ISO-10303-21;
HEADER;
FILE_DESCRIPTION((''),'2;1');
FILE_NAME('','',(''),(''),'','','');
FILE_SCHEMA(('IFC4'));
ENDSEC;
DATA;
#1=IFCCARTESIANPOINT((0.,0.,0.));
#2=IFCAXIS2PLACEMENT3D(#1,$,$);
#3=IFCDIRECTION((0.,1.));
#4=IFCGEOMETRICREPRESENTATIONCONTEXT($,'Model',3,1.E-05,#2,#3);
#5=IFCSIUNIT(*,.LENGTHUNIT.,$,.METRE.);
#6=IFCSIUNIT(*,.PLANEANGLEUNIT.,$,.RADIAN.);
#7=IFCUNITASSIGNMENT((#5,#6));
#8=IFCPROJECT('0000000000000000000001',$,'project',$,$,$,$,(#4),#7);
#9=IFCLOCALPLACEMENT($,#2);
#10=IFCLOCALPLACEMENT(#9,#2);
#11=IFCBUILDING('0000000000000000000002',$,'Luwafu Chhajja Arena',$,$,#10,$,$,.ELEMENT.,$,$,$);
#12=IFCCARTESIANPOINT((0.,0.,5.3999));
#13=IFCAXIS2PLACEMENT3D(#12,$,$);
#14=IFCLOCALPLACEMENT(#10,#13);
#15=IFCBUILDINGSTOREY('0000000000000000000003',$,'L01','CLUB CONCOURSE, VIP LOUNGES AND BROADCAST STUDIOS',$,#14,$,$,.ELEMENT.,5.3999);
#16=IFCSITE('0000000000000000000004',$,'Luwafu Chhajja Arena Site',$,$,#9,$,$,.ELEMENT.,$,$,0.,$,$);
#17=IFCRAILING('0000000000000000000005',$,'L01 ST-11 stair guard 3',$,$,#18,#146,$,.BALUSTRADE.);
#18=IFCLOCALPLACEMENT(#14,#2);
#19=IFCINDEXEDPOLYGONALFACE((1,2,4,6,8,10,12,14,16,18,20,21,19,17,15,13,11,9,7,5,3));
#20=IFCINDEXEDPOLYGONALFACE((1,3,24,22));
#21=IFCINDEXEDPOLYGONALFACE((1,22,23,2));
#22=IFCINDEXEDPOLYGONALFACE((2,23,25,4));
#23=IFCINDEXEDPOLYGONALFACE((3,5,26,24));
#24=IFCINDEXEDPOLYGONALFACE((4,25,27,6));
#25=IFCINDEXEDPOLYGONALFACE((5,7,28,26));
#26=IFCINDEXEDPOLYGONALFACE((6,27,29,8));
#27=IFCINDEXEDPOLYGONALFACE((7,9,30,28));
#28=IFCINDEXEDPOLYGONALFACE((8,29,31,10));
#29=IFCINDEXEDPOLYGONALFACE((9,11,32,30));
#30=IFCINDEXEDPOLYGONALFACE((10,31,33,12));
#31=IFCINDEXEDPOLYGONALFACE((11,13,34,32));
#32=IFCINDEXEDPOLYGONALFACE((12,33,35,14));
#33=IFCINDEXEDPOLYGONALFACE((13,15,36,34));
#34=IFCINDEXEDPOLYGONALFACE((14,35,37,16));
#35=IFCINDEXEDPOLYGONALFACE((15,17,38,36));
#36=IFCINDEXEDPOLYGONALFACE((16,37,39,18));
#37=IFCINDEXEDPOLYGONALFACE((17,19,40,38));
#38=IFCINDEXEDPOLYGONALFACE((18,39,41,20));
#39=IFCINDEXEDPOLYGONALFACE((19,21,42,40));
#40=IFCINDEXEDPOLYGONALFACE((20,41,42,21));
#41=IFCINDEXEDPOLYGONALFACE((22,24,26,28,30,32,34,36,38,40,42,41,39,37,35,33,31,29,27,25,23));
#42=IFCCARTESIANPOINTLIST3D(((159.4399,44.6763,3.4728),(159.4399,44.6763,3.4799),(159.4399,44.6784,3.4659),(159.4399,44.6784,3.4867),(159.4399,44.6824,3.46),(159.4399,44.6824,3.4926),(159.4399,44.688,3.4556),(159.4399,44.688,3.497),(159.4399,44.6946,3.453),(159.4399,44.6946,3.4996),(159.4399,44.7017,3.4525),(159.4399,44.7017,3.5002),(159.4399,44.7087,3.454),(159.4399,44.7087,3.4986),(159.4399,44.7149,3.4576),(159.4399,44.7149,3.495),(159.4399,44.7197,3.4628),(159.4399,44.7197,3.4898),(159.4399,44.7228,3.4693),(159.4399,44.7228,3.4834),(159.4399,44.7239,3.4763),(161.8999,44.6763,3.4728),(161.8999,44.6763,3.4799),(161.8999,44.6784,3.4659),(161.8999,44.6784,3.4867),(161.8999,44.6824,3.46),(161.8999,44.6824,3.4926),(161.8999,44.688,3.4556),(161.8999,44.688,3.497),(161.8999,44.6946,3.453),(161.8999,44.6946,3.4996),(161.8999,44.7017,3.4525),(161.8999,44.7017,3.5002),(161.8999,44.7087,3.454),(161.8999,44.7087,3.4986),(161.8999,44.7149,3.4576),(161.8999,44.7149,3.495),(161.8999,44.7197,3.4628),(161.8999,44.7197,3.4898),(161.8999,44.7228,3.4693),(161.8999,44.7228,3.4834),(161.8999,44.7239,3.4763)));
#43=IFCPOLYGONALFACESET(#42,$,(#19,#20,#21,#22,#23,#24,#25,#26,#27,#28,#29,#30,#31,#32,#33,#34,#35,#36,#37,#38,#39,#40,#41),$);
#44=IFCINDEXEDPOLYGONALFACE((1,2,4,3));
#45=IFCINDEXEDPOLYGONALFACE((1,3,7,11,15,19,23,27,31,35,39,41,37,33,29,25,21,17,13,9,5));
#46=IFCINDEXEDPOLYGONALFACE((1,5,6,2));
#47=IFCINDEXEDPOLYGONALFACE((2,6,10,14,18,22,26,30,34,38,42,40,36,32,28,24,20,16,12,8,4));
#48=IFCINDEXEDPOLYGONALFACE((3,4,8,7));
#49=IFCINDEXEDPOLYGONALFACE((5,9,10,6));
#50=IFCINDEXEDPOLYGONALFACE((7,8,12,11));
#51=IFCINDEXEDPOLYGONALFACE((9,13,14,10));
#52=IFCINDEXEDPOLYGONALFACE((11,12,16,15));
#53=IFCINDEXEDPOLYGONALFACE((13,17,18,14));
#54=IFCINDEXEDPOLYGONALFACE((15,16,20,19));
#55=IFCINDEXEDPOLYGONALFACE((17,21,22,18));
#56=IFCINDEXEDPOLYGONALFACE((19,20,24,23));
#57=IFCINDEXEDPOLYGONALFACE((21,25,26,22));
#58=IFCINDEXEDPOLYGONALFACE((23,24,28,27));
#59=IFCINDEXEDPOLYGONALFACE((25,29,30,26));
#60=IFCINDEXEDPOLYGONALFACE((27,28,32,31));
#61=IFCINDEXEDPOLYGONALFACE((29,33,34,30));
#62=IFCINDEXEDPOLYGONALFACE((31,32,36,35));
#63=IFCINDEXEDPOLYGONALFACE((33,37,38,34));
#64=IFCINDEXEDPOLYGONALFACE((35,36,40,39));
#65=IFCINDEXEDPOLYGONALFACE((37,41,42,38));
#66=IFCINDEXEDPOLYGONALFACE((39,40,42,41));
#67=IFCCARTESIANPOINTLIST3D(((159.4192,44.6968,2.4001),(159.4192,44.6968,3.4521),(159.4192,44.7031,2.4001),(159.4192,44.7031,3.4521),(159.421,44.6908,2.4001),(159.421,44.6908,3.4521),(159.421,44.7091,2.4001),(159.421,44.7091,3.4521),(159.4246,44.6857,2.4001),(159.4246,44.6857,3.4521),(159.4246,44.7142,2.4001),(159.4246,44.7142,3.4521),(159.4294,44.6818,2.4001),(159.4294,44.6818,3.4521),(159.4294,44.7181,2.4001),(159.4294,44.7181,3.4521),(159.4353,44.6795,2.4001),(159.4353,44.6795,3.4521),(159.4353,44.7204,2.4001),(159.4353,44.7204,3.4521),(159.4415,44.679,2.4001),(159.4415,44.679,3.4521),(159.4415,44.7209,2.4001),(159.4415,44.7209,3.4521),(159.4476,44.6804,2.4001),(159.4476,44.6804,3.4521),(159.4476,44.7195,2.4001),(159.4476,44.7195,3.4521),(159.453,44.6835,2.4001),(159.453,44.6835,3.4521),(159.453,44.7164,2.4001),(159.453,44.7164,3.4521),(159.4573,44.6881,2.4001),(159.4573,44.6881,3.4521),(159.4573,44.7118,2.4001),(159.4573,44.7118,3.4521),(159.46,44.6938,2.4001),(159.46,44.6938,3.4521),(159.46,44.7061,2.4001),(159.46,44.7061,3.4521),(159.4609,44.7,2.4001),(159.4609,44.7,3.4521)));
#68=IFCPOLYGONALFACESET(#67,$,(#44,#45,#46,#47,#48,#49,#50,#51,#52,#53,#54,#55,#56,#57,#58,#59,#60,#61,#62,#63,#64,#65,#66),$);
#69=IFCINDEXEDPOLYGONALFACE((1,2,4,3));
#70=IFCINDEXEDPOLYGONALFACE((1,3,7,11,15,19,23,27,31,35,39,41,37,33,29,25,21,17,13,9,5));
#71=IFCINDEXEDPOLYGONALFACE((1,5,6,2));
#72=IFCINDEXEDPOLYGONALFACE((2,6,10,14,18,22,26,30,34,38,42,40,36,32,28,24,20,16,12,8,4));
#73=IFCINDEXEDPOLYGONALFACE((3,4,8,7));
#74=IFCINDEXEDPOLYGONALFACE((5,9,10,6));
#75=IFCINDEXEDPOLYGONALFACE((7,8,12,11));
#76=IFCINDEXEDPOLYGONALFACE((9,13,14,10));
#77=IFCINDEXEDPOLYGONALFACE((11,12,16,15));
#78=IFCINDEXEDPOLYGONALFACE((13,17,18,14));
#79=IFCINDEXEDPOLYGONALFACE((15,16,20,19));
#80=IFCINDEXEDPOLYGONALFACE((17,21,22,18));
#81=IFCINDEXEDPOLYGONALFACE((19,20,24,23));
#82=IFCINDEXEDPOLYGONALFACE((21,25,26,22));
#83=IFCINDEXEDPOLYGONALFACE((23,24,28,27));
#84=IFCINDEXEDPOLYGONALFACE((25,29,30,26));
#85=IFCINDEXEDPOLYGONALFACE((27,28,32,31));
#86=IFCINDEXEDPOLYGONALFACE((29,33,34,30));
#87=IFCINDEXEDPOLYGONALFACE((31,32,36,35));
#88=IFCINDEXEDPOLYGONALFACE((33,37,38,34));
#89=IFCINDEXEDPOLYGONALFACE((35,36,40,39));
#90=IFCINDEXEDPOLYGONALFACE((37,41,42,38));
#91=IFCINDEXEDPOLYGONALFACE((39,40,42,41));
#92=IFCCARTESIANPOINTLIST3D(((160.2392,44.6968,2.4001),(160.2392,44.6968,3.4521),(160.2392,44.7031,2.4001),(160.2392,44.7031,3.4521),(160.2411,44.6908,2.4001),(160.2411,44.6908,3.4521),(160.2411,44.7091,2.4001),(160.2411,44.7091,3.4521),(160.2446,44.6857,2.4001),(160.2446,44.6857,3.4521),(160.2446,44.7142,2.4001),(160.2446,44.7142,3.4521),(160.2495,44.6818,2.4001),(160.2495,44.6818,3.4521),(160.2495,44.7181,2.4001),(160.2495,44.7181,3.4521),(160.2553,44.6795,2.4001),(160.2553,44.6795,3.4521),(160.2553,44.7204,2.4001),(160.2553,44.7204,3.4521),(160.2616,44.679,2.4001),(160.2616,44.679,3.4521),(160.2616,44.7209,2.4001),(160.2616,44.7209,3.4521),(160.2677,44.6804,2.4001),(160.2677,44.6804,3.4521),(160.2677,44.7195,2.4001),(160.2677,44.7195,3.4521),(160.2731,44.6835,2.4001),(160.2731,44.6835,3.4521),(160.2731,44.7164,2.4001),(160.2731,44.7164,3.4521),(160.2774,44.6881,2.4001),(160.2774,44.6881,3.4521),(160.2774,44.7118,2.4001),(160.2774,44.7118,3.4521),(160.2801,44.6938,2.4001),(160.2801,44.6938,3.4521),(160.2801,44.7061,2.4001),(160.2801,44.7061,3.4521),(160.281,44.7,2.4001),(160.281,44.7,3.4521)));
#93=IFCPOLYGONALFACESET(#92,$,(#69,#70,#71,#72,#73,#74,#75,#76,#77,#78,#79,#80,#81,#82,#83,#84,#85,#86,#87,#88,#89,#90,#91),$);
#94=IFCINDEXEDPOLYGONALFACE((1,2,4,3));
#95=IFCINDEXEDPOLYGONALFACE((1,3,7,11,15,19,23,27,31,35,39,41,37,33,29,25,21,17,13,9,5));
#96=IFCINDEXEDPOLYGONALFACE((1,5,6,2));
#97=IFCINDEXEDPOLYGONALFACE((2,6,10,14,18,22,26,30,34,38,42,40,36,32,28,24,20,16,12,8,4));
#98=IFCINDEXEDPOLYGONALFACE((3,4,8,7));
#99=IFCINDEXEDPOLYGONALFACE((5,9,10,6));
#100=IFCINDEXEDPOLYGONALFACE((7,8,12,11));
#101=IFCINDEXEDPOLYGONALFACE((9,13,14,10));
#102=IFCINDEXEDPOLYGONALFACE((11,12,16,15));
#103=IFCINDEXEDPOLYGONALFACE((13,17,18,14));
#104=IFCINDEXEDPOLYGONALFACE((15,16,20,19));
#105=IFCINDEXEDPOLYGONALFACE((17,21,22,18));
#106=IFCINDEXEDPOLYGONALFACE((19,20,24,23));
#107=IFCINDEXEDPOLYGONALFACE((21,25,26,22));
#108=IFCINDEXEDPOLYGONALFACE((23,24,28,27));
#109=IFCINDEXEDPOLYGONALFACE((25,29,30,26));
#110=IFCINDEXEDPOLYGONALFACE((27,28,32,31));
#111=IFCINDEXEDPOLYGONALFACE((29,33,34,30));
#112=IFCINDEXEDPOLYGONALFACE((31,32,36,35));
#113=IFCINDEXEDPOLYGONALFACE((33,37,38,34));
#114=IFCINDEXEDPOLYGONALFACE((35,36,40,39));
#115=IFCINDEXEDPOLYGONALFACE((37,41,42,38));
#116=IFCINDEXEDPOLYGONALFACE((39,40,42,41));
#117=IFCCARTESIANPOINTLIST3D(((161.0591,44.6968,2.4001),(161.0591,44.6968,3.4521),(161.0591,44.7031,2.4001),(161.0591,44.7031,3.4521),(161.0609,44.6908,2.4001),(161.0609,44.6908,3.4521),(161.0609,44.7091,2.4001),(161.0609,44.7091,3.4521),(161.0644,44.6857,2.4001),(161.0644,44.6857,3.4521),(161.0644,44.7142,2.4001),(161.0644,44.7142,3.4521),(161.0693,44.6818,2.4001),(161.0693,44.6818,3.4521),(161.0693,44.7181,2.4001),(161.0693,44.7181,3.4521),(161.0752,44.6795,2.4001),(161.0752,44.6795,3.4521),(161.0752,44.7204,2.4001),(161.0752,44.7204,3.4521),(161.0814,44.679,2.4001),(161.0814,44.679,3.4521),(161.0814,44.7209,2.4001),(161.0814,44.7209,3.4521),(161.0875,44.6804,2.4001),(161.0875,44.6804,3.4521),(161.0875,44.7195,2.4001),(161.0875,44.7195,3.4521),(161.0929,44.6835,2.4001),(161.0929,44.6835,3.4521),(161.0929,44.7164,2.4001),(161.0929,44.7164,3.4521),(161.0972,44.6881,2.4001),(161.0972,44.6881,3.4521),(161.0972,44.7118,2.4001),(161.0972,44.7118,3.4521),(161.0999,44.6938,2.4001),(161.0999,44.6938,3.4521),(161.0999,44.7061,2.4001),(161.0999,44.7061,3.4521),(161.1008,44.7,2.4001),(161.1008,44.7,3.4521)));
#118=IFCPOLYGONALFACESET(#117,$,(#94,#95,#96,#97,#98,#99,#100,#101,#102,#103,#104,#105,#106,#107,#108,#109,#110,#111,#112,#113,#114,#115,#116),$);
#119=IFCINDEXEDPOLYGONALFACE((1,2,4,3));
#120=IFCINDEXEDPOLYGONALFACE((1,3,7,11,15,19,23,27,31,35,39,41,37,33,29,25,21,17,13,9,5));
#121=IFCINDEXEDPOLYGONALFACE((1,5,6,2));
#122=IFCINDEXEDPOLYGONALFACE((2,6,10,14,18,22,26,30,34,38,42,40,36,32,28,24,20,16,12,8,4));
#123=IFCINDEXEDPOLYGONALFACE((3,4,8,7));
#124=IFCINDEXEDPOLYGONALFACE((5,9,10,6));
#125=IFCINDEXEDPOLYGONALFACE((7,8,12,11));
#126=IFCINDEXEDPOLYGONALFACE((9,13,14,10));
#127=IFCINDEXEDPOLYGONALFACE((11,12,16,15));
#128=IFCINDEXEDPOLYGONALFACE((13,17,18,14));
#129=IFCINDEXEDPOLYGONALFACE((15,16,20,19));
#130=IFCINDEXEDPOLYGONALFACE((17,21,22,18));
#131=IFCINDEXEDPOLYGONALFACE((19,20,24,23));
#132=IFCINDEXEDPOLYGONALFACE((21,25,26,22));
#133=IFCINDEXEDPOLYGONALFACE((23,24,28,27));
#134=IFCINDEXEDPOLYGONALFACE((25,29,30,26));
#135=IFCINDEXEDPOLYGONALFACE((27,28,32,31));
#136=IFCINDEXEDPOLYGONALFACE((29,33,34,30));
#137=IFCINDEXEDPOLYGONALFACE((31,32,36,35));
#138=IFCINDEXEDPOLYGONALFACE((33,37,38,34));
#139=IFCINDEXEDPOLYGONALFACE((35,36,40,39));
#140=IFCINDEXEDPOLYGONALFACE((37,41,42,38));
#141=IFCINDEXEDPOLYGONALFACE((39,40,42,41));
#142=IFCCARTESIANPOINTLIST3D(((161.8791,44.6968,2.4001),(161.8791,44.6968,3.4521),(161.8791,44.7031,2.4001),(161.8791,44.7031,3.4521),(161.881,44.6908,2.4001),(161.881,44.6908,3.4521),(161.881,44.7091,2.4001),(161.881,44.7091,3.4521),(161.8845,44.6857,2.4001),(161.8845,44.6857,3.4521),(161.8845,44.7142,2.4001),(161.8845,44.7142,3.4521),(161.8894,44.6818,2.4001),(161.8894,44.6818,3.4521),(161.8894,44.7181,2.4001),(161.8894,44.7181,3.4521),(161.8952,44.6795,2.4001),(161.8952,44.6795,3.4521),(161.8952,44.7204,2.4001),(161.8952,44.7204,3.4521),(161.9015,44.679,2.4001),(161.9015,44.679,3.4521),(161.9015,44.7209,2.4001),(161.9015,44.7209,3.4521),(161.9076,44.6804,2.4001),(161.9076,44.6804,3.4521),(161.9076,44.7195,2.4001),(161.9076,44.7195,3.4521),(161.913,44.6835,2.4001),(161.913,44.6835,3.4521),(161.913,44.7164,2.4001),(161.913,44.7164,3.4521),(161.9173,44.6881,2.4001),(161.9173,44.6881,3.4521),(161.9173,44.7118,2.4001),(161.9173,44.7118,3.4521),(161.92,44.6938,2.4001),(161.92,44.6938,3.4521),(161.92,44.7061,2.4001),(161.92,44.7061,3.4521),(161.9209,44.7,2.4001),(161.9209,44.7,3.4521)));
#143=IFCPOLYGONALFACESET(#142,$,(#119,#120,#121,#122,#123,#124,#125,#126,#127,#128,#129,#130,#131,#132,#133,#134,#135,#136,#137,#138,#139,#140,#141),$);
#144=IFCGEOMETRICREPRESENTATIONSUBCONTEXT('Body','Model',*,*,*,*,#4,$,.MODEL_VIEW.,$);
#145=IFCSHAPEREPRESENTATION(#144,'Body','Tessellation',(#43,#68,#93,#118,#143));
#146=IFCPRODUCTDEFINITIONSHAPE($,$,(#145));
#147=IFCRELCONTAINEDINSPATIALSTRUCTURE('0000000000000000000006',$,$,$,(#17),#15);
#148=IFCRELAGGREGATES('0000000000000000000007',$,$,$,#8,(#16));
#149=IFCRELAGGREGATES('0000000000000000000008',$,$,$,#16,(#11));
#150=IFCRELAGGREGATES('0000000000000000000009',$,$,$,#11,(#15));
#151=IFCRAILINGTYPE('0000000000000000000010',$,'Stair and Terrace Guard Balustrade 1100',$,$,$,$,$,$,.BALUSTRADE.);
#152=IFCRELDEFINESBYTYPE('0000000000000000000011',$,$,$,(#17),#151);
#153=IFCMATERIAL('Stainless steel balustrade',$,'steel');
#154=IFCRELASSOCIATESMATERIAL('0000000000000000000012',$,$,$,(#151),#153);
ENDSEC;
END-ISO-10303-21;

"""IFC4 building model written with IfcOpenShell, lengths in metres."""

from ifc_helpers import new_model, si_unit, direction, frame, origin, origin_2d, place, context, subcontext, project, spatial, circle, extrude, material, type_object, element, save


model = new_model("IFC4")

# Units and contexts
model_context = context("Model", 3, precision=1e-05, world=origin(), true_north=direction((0.0, 1.0)))
body_context = subcontext(model_context, "Body", "Model", "MODEL_VIEW")
ifc_project = project(units=[si_unit("LENGTHUNIT", "METRE"), si_unit("PLANEANGLEUNIT", "RADIAN")], contexts=[model_context])

# Site, building, storey
site_placement = place(None, origin())
site = spatial("IfcSite", under=ifc_project, at=site_placement, Name="Luwafu Chhajja Arena Site", CompositionType="ELEMENT", RefElevation=0.0)
building_placement = place(site_placement, origin())
building = spatial("IfcBuilding", under=site, at=building_placement, Name="Luwafu Chhajja Arena", CompositionType="ELEMENT")
storey_placement = place(building_placement, frame((0.0, 0.0, 5.3999)))
storey = spatial("IfcBuildingStorey", under=building, at=storey_placement, Name="L01", Description="CLUB CONCOURSE, VIP LOUNGES AND BROADCAST STUDIOS", CompositionType="ELEMENT", Elevation=5.3999)

# Railing
ifc_material_1 = material(Name="Stainless steel balustrade", Category="steel")
railing_type_1 = type_object("IfcRailingType", Name="Stair and Terrace Guard Balustrade 1100", PredefinedType="BALUSTRADE", material=ifc_material_1)
for number, where, name in (
    (1, (159.4399, 44.7, 2.4001), "L01 ST-11 stair guard 3"),
):
    element("IfcRailing", number, at=place(storey_placement, frame(where)), inside=storey, type_object=railing_type_1, Name=name, PredefinedType="BALUSTRADE", context=body_context, shape_type="SweptSolid", body=[
        extrude(circle(Radius=0.0239, at=origin_2d()), frame((0.0, 0.0, 1.0762), z_axis=(1.0, 0.0, 0.0), x_axis=(0.0, 1.0, 0.0)), (0.0, 0.0, 1.0), 2.46),
        extrude(circle(Radius=0.021, at=origin_2d()), origin(), (0.0, 0.0, 1.0), 1.052),
        extrude(circle(Radius=0.021, at=origin_2d()), frame((0.8201, 0.0, 0.0)), (0.0, 0.0, 1.0), 1.052),
        extrude(circle(Radius=0.021, at=origin_2d()), frame((1.6399, 0.0, 0.0)), (0.0, 0.0, 1.0), 1.052),
        extrude(circle(Radius=0.021, at=origin_2d()), frame((2.46, 0.0, 0.0)), (0.0, 0.0, 1.0), 1.052),
    ])

save(model, "model.ifc")
